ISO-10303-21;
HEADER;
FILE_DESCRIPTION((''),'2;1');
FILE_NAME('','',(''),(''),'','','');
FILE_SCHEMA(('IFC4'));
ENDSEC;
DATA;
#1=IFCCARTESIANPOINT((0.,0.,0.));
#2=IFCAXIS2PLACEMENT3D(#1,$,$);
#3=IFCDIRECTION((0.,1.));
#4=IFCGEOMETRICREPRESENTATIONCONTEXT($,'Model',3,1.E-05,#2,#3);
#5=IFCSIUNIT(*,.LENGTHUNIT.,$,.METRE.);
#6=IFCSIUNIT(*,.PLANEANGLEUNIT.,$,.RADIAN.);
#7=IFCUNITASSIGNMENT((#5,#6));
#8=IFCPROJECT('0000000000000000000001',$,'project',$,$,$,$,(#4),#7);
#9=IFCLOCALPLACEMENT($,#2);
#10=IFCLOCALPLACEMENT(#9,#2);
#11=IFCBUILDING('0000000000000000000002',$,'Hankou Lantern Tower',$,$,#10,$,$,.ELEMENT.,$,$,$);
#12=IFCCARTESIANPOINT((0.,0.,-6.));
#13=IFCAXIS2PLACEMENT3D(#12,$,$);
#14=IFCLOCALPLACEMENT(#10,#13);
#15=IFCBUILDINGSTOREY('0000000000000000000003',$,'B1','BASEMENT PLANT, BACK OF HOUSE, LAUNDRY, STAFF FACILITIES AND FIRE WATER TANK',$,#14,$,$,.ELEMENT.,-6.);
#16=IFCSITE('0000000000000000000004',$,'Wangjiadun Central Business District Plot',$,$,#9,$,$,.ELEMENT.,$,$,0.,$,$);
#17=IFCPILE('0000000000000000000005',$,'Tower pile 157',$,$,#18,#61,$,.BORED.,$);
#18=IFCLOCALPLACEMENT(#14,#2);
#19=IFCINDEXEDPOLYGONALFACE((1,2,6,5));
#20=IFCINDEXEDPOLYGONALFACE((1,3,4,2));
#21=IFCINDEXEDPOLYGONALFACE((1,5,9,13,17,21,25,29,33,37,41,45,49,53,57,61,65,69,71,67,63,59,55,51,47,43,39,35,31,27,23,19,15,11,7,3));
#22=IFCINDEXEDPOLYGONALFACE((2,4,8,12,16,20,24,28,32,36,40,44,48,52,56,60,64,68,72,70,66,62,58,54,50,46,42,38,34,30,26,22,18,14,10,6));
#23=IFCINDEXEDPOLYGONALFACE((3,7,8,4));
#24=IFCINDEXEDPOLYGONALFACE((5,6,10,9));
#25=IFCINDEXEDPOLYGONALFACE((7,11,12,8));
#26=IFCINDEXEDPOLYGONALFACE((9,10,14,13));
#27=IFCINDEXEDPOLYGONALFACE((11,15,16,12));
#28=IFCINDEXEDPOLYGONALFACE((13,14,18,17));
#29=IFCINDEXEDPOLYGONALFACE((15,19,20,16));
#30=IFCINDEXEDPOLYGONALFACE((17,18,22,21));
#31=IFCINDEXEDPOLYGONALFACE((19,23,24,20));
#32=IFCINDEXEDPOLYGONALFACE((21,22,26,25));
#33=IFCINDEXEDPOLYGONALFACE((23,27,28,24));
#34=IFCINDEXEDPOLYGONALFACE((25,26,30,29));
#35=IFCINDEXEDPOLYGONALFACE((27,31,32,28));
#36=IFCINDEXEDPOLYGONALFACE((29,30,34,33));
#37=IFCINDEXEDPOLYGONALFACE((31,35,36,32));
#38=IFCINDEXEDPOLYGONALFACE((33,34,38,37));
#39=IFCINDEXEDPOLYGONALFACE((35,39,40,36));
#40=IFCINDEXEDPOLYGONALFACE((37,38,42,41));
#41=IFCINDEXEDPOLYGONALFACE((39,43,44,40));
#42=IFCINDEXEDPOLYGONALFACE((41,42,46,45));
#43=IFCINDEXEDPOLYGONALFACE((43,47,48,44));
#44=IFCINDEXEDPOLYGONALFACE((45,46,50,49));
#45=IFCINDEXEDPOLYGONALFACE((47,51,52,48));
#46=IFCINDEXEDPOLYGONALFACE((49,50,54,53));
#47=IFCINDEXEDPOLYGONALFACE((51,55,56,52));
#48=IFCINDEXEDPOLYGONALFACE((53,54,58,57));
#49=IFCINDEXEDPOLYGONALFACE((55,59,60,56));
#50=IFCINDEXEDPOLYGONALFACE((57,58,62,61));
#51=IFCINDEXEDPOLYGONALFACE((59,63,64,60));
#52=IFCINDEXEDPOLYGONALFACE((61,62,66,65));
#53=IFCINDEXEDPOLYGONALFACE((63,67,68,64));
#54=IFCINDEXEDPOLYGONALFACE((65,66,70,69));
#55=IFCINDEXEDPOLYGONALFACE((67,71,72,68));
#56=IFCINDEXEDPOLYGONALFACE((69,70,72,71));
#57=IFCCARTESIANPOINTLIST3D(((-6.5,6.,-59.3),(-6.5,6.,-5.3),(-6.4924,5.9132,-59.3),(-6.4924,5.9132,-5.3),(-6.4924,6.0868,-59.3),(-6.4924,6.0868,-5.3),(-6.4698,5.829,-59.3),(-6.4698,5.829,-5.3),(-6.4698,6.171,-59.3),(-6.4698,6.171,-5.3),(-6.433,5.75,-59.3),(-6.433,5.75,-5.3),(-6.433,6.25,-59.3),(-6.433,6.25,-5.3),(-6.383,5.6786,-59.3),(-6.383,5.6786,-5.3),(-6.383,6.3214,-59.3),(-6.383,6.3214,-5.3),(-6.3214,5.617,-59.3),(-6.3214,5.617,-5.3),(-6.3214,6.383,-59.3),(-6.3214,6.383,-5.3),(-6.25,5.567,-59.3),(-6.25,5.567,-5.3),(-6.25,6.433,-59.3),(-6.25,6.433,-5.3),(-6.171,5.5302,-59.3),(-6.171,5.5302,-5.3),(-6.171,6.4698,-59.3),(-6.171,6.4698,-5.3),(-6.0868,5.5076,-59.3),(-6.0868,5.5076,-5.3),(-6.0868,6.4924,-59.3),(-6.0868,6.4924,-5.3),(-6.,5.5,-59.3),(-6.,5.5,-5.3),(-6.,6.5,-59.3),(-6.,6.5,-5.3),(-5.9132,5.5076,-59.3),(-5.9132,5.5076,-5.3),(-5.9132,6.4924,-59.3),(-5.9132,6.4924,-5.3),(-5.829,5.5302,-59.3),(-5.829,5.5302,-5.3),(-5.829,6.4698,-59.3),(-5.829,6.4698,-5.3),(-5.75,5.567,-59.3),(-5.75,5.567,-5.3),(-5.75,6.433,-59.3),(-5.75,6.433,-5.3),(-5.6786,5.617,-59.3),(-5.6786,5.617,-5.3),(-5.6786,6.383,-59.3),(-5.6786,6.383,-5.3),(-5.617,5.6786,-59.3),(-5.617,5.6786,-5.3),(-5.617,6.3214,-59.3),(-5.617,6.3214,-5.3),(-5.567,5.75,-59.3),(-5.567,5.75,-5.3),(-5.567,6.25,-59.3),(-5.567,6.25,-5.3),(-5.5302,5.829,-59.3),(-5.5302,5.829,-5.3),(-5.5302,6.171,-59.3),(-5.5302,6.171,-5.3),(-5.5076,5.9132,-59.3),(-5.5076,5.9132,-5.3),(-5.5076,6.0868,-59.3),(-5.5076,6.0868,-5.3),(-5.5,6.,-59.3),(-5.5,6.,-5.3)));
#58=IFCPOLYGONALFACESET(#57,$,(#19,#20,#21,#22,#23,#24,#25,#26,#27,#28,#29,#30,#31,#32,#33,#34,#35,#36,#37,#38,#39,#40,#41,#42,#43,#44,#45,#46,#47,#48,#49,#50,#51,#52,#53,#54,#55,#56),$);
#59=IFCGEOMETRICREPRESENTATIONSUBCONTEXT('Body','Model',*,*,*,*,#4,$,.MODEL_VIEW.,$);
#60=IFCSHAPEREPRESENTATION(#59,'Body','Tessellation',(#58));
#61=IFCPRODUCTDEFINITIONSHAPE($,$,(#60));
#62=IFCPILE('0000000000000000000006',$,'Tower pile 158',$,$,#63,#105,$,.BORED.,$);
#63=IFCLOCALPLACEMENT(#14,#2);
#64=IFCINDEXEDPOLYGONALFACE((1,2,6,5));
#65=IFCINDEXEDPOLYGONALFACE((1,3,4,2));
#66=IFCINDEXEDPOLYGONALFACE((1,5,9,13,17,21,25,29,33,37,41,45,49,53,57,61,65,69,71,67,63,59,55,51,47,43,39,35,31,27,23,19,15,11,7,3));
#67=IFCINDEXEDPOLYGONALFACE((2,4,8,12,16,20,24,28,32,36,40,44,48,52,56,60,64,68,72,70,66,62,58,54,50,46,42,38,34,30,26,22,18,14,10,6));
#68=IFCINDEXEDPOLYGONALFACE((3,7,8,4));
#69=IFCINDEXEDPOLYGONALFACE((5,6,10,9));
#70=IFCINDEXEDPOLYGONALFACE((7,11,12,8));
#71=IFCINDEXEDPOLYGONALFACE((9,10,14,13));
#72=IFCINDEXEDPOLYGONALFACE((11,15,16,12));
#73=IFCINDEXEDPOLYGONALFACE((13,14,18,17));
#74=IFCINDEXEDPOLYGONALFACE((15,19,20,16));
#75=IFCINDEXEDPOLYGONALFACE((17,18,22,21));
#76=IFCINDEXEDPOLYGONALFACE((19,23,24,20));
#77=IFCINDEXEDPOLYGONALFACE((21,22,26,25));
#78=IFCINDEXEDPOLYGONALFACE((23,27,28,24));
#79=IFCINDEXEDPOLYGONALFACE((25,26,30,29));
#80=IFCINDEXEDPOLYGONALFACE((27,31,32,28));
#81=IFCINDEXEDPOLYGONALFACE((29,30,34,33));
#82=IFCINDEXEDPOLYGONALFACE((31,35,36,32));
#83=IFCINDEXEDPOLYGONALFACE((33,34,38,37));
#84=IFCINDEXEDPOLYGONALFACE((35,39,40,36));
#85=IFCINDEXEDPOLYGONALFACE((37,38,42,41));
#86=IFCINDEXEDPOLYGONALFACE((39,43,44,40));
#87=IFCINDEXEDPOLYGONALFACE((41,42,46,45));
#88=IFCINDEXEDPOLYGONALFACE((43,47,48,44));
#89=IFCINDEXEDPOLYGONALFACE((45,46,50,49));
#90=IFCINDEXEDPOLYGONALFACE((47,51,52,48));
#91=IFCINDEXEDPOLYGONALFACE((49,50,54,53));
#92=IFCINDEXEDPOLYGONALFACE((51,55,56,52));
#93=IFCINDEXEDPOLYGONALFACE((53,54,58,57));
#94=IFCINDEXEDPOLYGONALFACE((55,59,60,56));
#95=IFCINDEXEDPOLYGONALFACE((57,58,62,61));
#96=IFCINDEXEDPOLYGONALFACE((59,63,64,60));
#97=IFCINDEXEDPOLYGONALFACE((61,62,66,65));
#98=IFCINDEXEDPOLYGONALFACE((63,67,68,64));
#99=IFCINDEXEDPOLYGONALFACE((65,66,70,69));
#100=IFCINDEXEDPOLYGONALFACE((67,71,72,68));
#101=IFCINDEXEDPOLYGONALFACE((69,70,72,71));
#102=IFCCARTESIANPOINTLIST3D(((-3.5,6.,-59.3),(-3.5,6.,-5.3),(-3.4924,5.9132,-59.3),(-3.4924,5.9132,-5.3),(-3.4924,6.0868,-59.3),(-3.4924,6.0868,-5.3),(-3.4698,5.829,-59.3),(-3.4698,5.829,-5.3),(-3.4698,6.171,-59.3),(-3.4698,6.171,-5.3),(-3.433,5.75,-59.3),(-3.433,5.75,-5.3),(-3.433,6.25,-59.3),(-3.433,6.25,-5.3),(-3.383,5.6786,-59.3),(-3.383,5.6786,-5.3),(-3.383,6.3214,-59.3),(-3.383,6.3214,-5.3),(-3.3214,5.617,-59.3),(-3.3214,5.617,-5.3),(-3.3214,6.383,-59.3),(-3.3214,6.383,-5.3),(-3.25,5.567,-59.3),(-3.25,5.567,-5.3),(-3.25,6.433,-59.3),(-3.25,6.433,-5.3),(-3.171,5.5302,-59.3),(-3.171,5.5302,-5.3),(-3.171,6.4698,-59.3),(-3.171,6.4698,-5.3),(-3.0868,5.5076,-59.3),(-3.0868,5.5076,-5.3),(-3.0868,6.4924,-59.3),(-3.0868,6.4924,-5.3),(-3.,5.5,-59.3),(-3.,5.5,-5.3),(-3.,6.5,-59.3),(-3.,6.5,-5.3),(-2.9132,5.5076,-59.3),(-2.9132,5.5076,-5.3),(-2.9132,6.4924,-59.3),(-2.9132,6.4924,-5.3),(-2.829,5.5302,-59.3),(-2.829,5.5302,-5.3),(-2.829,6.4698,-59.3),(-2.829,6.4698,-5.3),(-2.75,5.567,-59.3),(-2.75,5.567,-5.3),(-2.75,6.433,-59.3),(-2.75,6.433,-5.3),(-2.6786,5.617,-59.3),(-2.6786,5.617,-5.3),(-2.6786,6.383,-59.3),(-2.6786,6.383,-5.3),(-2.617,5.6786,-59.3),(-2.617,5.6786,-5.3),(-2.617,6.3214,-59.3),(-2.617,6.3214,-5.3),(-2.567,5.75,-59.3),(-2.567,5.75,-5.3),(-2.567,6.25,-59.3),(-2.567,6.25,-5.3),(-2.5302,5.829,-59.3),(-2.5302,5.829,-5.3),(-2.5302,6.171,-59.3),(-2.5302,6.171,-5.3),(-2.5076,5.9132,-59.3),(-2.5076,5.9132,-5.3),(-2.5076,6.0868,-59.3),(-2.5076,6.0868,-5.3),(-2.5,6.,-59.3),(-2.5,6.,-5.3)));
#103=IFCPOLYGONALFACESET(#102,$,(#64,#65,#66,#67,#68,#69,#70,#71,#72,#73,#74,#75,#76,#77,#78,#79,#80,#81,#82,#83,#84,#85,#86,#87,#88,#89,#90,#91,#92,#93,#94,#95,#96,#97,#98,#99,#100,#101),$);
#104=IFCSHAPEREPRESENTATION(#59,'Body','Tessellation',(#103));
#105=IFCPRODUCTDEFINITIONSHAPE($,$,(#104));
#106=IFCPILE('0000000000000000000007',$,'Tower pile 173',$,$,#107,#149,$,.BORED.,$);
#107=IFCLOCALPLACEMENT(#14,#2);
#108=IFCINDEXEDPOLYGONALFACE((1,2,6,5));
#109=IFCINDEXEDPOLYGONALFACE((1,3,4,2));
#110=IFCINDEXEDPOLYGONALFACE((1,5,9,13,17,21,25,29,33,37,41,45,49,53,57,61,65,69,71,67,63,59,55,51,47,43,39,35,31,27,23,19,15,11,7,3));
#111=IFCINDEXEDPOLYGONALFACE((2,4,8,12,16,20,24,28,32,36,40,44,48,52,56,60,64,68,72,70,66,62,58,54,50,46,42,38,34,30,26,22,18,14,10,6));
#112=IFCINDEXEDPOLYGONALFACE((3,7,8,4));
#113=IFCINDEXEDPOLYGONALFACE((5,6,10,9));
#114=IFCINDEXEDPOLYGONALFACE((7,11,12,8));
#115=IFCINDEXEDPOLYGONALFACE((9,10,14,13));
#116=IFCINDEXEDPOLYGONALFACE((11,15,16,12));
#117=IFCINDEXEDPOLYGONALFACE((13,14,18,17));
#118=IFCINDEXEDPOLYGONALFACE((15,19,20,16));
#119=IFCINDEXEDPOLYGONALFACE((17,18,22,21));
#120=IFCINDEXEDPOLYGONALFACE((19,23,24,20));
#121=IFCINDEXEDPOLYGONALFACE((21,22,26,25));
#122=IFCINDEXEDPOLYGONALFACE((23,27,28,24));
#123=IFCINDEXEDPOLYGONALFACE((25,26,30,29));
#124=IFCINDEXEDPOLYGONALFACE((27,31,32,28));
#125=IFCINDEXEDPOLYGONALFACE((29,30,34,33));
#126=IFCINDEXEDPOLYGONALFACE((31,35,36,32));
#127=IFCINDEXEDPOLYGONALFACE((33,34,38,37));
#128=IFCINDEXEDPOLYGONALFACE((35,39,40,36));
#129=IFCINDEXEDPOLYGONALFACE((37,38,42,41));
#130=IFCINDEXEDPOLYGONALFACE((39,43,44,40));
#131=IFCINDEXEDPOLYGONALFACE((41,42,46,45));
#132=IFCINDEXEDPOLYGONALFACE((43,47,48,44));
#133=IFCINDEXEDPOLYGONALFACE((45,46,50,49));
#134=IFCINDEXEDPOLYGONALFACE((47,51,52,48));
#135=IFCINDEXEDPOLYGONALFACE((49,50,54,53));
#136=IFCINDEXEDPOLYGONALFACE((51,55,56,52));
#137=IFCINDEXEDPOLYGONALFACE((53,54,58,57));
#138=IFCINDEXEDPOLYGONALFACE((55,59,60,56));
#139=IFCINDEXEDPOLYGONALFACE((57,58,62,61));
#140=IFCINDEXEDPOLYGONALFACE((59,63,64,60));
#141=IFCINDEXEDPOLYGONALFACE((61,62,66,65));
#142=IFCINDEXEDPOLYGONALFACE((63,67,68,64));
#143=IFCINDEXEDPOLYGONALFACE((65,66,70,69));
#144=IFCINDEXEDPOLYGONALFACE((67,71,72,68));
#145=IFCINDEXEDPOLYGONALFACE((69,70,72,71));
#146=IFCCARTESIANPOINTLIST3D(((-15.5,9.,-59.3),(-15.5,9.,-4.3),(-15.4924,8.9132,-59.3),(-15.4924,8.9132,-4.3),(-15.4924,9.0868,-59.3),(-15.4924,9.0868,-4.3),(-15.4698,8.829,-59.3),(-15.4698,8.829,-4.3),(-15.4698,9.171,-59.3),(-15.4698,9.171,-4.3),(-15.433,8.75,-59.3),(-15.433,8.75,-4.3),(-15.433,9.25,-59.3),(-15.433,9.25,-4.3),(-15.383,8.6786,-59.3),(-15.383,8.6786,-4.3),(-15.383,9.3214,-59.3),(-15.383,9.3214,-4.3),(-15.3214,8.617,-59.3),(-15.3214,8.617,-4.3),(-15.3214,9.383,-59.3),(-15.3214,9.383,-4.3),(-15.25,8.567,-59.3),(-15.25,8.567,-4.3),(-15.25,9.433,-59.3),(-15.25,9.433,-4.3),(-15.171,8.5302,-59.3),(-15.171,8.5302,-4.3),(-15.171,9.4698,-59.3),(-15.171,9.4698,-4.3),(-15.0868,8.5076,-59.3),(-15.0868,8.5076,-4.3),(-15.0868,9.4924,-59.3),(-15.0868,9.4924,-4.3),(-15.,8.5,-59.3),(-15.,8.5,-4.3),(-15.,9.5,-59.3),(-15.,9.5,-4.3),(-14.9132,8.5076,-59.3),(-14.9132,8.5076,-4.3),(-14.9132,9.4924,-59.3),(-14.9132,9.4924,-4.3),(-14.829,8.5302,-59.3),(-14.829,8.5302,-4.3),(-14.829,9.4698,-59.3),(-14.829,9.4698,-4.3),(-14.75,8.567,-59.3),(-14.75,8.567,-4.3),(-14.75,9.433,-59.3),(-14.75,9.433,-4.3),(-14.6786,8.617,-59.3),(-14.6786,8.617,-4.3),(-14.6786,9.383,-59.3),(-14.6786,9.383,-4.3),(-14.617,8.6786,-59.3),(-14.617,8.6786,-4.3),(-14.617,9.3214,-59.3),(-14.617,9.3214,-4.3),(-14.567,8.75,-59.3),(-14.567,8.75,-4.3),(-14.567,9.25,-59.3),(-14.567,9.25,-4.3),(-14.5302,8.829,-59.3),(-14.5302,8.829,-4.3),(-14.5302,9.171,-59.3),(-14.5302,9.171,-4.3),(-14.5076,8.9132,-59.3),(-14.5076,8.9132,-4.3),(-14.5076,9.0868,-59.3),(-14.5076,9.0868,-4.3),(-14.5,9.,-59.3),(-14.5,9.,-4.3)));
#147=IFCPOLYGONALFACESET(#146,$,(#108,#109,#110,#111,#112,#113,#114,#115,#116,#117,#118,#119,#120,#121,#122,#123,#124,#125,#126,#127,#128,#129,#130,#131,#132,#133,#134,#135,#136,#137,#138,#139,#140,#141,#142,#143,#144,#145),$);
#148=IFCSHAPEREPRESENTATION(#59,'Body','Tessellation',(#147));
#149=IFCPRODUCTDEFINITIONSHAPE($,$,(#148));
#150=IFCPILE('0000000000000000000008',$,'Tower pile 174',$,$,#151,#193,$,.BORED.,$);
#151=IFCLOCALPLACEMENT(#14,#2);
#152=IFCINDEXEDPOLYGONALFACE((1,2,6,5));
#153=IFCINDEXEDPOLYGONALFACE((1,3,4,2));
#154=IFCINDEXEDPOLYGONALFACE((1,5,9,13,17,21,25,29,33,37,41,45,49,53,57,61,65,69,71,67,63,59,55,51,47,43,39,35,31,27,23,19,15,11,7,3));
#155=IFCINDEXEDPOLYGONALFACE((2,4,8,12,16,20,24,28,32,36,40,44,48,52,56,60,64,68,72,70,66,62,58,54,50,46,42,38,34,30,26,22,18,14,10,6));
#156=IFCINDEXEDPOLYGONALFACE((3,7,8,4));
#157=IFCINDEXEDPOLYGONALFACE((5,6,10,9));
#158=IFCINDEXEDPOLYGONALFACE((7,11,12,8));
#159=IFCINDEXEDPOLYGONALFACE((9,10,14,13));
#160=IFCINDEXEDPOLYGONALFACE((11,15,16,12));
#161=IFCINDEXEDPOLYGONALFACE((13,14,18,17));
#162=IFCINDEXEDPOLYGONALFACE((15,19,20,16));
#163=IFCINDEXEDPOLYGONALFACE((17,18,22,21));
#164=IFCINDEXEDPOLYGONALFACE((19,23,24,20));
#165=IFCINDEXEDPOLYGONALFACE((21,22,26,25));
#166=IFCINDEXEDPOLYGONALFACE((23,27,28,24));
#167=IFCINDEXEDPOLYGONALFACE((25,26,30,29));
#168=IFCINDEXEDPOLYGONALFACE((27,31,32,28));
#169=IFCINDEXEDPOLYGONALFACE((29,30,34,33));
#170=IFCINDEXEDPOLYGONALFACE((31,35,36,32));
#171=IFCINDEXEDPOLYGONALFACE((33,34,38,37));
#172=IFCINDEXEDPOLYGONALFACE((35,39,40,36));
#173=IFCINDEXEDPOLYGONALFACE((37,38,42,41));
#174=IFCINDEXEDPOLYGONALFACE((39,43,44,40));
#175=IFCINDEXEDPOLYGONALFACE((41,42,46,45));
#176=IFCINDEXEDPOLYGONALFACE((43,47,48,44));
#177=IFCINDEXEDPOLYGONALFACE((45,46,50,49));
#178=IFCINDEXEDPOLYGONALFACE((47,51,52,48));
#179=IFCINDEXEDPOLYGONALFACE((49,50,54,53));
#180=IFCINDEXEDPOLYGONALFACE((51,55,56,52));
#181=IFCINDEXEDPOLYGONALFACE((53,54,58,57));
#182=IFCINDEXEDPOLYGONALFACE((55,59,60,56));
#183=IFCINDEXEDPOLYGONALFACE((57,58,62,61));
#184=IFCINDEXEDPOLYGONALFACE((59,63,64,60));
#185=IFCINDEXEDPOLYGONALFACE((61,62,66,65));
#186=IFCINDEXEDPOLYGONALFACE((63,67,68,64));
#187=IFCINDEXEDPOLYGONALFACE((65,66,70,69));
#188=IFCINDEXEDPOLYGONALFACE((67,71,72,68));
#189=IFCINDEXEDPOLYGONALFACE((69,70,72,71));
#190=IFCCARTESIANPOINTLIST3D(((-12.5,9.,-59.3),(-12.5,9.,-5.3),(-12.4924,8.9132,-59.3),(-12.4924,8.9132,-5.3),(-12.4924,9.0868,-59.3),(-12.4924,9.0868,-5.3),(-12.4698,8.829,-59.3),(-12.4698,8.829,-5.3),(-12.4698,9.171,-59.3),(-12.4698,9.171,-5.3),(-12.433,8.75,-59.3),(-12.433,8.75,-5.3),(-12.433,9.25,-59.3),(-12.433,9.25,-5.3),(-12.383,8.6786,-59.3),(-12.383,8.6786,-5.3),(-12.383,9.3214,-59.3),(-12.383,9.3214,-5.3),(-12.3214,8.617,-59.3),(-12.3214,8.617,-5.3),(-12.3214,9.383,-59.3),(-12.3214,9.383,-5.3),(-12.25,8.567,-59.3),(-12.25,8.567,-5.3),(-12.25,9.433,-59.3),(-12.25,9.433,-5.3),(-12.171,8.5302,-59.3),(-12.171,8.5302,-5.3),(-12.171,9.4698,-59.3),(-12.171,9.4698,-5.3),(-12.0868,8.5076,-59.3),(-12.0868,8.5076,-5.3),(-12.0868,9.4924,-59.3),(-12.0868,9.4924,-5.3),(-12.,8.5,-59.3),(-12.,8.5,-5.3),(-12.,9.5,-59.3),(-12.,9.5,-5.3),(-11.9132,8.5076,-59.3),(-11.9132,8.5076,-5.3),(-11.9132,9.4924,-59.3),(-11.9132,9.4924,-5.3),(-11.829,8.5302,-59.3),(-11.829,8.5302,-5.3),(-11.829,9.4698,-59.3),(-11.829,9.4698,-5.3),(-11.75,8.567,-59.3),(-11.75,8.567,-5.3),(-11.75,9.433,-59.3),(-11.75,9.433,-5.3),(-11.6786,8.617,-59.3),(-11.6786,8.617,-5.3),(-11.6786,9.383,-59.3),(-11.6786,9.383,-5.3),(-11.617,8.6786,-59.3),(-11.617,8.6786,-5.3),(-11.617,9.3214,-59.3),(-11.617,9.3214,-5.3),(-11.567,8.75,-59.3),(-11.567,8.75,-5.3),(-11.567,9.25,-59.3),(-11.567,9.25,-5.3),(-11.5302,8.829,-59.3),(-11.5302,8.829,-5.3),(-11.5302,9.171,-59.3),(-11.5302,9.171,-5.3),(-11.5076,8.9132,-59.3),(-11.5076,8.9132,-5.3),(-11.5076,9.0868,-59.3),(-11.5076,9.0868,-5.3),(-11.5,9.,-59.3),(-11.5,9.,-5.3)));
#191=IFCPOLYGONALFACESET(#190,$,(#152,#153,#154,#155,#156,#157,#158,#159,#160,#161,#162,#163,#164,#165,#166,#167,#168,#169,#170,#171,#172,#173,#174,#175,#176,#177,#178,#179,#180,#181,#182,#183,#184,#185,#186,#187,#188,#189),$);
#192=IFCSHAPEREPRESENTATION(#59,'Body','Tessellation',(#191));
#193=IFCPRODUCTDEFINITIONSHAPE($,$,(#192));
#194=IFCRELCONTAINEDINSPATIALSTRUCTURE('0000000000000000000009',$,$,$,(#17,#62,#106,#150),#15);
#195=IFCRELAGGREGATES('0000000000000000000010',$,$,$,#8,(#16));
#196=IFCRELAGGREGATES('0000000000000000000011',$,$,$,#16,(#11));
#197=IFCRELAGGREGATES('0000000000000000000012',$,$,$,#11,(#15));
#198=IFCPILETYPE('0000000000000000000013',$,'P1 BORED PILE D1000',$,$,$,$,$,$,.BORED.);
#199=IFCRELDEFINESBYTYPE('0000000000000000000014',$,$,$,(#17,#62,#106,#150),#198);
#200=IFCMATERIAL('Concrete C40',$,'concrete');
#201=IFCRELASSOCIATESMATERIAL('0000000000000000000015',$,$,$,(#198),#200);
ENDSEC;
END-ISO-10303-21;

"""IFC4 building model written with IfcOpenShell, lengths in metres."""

from ifc_helpers import new_model, si_unit, direction, frame, origin, origin_2d, place, context, subcontext, project, spatial, circle, extrude, material, material_profile, profile_set, type_object, element, save


model = new_model("IFC4")

# Units and contexts
model_context = context("Model", 3, precision=1e-05, world=origin(), true_north=direction((0.0, 1.0)))
body_context = subcontext(model_context, "Body", "Model", "MODEL_VIEW")
ifc_project = project(units=[si_unit("LENGTHUNIT", "METRE"), si_unit("PLANEANGLEUNIT", "RADIAN")], contexts=[model_context])

# Site, building, storey
site_placement = place(None, origin())
site = spatial("IfcSite", under=ifc_project, at=site_placement, Name="Wangjiadun Central Business District Plot", CompositionType="ELEMENT", RefElevation=0.0)
building_placement = place(site_placement, origin())
building = spatial("IfcBuilding", under=site, at=building_placement, Name="Hankou Lantern Tower", CompositionType="ELEMENT")
storey_placement = place(building_placement, frame((0.0, 0.0, -6.0)))
storey = spatial("IfcBuildingStorey", under=building, at=storey_placement, Name="B1", Description="BASEMENT PLANT, BACK OF HOUSE, LAUNDRY, STAFF FACILITIES AND FIRE WATER TANK", CompositionType="ELEMENT", Elevation=-6.0)

# Piles
ifc_material_1 = material(Name="Concrete C40", Category="concrete")
ifc_material_profile_1 = material_profile(ifc_material_1, circle(Radius=0.5, at=origin_2d()), Name="RC D1000")
ifc_profile_set_1 = profile_set([ifc_material_profile_1], Name="Concrete C40")
pile_type = type_object("IfcPileType", Name="P1 BORED PILE D1000", PredefinedType="BORED", material=ifc_profile_set_1)
for number, where, z_axis, x_axis, name in (
    (1, (-6.0, 6.0, -5.3), (0.0, 0.0, -1.0), (1.0, 0.0, 0.0), "Tower pile 157"),
    (2, (-3.0, 6.0, -5.3), (0.0, 0.0, -1.0), (1.0, 0.0, 0.0), "Tower pile 158"),
):
    element("IfcPile", number, at=place(storey_placement, frame(where, z_axis=z_axis, x_axis=x_axis)), inside=storey, type_object=pile_type, Name=name, PredefinedType="BORED", context=body_context, shape_type="SweptSolid", body=[
        extrude(circle(Radius=0.5, at=origin_2d()), origin(), (0.0, 0.0, 1.0), 54.0),
    ])
pile_1_placement = place(storey_placement, frame((-15.0, 9.0, -4.3), z_axis=(0.0, 0.0, -1.0), x_axis=(1.0, 0.0, 0.0)))
element("IfcPile", 3, at=pile_1_placement, inside=storey, type_object=pile_type, Name="Tower pile 173", PredefinedType="BORED", context=body_context, shape_type="SweptSolid", body=[
    extrude(circle(Radius=0.5, at=origin_2d()), origin(), (0.0, 0.0, 1.0), 55.0),
])
for number, where, z_axis, x_axis, name in (
    (4, (-12.0, 9.0, -5.3), (0.0, 0.0, -1.0), (1.0, 0.0, 0.0), "Tower pile 174"),
):
    element("IfcPile", number, at=place(storey_placement, frame(where, z_axis=z_axis, x_axis=x_axis)), inside=storey, type_object=pile_type, Name=name, PredefinedType="BORED", context=body_context, shape_type="SweptSolid", body=[
        extrude(circle(Radius=0.5, at=origin_2d()), origin(), (0.0, 0.0, 1.0), 54.0),
    ])

save(model, "model.ifc")
